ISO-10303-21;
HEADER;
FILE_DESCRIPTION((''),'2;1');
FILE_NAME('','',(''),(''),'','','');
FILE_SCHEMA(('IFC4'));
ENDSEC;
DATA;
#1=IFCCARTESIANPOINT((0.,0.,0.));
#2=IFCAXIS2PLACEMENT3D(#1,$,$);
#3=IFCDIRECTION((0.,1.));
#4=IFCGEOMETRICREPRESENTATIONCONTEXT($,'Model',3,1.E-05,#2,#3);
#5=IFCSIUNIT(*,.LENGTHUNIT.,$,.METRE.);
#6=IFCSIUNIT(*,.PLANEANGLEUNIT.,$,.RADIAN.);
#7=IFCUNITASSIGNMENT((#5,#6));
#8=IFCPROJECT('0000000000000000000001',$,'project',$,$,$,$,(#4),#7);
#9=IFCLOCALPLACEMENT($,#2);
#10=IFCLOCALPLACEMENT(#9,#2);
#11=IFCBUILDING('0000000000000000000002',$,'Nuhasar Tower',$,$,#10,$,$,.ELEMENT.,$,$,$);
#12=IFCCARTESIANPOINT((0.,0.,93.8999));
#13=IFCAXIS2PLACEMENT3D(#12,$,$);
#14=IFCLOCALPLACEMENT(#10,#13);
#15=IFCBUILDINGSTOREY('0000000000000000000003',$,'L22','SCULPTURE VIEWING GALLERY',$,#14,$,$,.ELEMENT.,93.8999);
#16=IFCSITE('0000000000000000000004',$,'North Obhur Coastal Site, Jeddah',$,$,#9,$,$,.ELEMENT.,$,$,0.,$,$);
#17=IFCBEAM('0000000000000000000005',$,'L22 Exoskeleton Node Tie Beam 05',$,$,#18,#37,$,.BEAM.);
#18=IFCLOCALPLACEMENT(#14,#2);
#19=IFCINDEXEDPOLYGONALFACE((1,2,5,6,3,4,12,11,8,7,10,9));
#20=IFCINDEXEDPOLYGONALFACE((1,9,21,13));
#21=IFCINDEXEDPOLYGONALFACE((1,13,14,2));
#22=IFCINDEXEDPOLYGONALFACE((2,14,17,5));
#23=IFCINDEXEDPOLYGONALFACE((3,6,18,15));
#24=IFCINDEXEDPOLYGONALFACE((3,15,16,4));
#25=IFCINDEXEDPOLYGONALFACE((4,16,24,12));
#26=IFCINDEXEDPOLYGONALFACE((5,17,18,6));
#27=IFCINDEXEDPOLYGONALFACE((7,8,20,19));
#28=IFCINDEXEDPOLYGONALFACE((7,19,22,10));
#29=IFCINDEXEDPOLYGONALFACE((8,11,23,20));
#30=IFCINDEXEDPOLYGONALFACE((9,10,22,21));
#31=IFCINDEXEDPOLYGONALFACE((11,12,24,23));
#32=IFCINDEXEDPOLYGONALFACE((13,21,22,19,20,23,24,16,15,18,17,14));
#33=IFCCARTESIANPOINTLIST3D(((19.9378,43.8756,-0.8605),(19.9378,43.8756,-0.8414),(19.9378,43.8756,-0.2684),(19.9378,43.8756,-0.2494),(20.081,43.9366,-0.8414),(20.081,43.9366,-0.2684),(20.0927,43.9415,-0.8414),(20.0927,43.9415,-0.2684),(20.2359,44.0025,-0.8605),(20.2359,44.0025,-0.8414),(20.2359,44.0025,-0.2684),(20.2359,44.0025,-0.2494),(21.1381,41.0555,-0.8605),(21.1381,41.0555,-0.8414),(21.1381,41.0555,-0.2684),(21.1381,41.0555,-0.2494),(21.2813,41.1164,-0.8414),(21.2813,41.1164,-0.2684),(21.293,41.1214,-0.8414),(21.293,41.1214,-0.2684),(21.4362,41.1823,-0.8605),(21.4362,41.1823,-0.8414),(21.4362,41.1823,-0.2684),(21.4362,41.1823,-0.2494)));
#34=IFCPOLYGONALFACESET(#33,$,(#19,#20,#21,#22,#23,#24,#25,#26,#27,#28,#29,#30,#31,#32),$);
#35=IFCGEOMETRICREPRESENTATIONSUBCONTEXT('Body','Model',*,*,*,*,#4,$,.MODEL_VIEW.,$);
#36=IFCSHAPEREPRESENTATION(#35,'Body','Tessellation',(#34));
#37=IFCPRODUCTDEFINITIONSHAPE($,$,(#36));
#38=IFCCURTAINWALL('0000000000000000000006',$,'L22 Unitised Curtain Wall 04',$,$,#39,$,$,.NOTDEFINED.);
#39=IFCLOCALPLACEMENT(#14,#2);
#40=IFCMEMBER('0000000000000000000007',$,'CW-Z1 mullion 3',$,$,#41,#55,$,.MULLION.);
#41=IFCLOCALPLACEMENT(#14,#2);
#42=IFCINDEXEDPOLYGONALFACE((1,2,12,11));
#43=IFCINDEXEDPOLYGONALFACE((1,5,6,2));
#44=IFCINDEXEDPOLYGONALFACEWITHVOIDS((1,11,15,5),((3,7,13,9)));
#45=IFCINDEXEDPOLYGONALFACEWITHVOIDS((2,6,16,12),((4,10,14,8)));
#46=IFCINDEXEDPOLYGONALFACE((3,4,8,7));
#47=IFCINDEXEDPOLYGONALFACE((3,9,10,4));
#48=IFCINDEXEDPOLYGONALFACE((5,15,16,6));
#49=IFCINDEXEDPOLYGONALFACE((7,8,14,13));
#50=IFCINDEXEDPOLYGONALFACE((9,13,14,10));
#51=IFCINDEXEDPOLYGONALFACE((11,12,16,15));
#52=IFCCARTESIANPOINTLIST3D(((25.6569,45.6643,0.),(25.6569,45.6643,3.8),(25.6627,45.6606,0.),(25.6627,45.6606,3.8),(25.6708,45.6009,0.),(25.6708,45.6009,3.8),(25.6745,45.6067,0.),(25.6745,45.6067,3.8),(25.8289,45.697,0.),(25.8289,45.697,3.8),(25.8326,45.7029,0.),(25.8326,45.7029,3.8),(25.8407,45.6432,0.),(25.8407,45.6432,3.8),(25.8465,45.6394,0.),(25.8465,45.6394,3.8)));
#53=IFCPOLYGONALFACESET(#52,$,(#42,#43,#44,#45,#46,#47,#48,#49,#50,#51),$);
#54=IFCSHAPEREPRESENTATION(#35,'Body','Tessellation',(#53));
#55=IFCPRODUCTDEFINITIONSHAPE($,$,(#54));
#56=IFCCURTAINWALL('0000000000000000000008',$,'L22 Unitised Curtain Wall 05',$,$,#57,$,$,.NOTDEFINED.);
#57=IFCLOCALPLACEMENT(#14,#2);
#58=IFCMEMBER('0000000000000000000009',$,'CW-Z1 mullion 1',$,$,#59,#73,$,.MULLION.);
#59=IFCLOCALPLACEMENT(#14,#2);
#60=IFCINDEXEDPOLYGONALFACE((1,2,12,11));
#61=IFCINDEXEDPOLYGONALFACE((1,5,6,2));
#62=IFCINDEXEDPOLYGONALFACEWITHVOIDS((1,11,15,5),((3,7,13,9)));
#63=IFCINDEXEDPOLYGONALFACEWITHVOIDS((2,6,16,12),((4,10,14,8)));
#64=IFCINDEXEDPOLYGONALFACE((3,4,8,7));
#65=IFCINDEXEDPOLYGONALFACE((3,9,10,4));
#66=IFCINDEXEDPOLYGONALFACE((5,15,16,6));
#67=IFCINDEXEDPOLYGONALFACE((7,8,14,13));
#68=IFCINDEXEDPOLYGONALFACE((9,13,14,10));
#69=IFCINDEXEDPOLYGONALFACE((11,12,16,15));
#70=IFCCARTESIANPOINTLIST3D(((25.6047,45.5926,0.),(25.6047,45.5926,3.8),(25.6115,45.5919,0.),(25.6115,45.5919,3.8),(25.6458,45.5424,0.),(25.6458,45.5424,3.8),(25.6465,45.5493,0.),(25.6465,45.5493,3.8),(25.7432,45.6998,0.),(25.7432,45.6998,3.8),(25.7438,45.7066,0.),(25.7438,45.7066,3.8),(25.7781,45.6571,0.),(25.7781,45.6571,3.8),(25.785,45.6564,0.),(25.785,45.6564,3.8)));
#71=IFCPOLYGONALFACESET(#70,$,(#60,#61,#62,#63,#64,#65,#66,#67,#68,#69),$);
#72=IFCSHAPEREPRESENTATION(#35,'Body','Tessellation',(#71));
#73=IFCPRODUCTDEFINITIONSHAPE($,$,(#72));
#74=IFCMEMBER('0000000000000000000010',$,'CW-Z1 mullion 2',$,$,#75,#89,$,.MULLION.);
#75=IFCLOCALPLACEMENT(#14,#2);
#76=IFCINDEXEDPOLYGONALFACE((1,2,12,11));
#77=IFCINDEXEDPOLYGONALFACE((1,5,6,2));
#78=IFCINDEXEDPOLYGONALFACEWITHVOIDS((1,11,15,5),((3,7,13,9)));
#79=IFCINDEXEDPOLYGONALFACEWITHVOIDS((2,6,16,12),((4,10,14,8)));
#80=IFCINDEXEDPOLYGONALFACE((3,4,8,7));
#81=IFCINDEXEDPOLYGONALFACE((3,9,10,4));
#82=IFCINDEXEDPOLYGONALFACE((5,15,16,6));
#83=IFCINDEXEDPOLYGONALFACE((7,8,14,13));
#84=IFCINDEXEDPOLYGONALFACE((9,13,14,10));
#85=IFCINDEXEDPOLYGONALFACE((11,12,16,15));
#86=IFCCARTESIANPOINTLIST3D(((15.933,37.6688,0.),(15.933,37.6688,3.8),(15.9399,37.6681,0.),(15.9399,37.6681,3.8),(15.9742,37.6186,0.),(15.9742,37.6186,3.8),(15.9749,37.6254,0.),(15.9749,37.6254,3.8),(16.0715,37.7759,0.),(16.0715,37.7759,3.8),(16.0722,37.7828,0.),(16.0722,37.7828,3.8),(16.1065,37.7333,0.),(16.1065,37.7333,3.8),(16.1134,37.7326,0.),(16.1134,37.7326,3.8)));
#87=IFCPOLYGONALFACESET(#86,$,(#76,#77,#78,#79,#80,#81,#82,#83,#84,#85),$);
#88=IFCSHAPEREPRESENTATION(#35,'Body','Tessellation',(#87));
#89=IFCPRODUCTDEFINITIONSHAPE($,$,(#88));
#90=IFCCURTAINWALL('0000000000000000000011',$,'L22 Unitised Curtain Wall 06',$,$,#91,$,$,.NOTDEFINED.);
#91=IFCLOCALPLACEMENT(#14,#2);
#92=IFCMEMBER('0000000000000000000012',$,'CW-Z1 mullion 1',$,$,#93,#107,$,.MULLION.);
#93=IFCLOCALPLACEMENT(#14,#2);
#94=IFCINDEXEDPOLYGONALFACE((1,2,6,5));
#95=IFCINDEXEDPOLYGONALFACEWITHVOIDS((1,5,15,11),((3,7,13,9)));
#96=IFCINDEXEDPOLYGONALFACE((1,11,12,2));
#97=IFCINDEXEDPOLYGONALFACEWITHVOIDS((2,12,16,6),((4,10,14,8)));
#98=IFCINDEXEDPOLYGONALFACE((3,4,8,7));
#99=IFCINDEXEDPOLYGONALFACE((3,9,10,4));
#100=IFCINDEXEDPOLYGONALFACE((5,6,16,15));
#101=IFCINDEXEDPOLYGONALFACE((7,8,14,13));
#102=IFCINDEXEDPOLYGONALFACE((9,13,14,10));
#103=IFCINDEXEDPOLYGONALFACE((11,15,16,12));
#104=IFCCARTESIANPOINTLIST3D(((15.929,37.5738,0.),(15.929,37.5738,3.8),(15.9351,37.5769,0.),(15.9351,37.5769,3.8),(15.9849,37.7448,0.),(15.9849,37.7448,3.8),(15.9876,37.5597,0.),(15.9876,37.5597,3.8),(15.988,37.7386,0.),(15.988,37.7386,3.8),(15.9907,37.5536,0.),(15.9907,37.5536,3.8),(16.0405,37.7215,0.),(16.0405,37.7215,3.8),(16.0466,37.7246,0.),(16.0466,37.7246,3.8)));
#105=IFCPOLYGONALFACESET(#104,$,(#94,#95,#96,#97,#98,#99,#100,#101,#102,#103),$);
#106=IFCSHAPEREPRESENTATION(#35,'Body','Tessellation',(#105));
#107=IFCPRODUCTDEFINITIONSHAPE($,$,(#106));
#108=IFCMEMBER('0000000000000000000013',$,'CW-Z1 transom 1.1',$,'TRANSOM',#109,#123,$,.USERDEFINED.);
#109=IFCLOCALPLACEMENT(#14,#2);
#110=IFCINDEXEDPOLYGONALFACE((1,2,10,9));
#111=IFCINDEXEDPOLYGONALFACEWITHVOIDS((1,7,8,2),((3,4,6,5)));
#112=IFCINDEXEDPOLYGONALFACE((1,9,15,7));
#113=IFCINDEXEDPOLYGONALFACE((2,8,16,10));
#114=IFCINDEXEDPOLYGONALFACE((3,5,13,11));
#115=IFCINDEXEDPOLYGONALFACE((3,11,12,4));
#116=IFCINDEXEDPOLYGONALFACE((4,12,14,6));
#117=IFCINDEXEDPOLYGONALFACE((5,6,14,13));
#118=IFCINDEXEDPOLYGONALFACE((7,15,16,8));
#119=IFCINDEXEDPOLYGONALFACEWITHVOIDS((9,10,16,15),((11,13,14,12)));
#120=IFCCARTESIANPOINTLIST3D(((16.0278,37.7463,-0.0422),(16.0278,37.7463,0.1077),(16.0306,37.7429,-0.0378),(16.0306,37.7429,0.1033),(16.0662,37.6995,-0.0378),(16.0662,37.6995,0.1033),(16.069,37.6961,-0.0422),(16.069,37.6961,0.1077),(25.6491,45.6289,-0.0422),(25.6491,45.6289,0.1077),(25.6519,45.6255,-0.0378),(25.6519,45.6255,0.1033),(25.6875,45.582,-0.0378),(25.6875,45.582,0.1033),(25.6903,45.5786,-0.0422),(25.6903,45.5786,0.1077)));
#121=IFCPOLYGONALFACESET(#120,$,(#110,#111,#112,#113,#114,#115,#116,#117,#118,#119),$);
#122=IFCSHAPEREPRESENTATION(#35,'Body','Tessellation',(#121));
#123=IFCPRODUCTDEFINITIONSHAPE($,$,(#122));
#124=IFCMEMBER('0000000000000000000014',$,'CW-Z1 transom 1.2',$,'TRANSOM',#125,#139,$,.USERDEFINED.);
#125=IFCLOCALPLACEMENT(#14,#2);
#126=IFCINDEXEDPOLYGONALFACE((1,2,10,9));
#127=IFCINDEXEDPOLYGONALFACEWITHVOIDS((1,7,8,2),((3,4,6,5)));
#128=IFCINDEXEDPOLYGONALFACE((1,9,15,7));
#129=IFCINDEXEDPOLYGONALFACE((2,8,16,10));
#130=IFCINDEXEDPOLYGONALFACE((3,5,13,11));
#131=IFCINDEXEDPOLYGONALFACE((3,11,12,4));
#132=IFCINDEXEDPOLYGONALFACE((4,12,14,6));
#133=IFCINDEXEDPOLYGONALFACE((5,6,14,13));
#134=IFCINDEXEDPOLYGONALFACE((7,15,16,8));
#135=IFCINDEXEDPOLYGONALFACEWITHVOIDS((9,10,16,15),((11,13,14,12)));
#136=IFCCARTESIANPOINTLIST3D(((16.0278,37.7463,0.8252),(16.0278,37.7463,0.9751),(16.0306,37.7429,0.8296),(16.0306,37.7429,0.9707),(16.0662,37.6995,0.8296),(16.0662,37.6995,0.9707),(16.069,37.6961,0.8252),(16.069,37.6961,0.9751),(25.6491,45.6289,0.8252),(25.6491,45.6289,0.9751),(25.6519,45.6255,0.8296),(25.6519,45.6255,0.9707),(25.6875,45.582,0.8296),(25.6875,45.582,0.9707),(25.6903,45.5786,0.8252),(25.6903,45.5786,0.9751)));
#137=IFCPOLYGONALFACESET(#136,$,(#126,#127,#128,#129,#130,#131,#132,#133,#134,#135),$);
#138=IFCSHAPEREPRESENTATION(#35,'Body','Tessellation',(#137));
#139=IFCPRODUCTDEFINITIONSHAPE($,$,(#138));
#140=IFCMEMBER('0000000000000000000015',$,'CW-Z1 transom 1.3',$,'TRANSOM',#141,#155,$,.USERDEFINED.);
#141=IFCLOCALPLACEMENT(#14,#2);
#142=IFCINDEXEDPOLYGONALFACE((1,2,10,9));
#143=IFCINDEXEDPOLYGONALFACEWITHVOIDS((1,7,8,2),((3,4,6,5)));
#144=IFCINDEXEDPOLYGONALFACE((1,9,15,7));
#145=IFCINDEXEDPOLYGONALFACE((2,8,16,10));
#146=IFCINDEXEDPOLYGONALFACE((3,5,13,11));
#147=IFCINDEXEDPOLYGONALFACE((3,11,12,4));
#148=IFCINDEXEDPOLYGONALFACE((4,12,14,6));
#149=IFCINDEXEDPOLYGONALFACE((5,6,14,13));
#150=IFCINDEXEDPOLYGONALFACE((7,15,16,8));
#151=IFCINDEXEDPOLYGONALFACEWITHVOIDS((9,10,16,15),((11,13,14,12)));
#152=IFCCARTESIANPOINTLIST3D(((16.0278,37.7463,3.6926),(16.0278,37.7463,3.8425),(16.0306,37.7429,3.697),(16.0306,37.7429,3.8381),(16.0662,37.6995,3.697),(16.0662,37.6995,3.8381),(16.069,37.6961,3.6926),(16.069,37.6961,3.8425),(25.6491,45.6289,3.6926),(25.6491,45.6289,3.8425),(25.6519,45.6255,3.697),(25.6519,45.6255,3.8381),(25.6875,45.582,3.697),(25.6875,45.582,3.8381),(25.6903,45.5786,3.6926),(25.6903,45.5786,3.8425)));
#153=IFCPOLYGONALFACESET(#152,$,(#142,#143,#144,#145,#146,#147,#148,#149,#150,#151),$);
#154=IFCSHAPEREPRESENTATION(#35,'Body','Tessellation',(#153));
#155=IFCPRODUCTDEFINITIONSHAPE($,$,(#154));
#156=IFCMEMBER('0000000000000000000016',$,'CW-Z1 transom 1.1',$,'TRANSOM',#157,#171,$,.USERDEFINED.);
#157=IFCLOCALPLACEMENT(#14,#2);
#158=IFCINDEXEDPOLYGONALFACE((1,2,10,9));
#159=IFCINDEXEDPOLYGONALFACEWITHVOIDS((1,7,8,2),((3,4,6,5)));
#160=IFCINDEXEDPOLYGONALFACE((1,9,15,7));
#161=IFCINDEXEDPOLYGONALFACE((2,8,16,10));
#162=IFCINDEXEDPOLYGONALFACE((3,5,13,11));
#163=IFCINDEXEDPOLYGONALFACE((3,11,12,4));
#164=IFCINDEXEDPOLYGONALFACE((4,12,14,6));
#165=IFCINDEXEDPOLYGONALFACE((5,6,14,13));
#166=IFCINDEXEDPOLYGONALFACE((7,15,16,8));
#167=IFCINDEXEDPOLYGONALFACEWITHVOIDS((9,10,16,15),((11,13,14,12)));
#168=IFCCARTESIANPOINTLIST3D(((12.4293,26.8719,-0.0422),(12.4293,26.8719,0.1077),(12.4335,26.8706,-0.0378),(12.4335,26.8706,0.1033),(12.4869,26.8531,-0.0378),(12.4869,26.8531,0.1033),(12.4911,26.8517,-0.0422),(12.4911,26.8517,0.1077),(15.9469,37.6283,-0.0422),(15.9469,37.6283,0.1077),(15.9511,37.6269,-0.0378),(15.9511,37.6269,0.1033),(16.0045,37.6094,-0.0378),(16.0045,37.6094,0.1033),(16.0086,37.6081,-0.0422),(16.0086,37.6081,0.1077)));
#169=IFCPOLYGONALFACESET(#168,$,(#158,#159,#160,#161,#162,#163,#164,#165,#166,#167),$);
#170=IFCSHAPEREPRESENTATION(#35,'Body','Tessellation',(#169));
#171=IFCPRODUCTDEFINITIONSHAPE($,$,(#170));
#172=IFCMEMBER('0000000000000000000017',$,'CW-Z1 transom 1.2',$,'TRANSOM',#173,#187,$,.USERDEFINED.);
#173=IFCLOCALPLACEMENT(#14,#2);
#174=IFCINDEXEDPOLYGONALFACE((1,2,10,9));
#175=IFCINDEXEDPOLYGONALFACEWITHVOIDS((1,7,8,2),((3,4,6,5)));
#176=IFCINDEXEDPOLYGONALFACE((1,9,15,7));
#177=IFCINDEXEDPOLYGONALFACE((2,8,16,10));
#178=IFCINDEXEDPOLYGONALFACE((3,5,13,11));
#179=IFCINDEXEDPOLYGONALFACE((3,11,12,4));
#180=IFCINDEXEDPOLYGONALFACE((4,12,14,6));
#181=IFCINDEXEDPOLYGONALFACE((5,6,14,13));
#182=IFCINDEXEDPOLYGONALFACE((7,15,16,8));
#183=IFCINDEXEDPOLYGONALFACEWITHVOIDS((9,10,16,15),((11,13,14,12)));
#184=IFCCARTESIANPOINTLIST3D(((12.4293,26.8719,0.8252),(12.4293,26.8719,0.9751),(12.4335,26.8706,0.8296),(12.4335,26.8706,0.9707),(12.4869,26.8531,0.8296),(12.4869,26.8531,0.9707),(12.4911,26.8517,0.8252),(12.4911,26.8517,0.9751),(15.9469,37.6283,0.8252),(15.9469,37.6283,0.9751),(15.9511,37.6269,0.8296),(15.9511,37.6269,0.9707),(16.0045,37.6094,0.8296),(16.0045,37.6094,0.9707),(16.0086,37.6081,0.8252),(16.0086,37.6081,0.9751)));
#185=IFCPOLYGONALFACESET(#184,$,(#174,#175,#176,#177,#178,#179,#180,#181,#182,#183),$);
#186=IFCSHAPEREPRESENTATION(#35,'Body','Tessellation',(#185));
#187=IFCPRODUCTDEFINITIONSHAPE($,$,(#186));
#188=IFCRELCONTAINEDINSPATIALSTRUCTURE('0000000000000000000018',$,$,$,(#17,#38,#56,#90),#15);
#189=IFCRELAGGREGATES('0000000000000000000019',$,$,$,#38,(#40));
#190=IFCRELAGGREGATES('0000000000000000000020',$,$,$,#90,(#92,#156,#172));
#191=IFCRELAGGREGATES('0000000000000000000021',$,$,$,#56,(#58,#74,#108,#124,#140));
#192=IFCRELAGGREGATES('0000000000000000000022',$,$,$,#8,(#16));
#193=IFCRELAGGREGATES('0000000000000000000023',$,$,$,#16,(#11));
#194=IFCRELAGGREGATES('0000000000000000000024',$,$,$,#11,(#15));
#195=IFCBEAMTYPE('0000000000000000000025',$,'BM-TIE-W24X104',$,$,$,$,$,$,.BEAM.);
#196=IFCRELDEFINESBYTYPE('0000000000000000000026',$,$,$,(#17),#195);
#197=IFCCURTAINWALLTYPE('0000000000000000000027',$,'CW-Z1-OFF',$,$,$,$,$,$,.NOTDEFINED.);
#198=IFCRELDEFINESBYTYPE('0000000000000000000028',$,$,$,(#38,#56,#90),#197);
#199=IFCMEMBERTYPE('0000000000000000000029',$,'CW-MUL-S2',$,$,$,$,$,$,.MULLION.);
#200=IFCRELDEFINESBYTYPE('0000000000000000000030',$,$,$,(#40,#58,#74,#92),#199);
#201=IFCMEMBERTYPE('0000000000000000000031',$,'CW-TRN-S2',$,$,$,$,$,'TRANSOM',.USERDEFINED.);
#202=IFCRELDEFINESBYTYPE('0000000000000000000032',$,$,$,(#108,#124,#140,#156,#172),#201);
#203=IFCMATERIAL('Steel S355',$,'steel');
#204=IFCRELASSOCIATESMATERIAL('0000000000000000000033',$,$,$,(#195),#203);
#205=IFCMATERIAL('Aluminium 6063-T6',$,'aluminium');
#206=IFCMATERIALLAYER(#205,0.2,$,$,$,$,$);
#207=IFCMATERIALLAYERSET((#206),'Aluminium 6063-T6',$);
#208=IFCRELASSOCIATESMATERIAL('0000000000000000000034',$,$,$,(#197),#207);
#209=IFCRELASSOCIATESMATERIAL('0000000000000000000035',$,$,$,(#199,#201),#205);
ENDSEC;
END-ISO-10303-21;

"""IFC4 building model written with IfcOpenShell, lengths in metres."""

from ifc_helpers import new_model, si_unit, direction, frame, origin, origin_2d, place, context, subcontext, project, spatial, hollow_rectangle, i_section, extrude, material, layer, layer_set, material_profile, profile_set, type_object, element, aggregate, save


model = new_model("IFC4")

# Units and contexts
model_context = context("Model", 3, precision=1e-05, world=origin(), true_north=direction((0.0, 1.0)))
body_context = subcontext(model_context, "Body", "Model", "MODEL_VIEW")
ifc_project = project(units=[si_unit("LENGTHUNIT", "METRE"), si_unit("PLANEANGLEUNIT", "RADIAN")], contexts=[model_context])

# Site, building, storey
site_placement = place(None, origin())
site = spatial("IfcSite", under=ifc_project, at=site_placement, Name="North Obhur Coastal Site, Jeddah", CompositionType="ELEMENT", RefElevation=0.0)
building_placement = place(site_placement, origin())
building = spatial("IfcBuilding", under=site, at=building_placement, Name="Nuhasar Tower", CompositionType="ELEMENT")
storey_placement = place(building_placement, frame((0.0, 0.0, 93.8999)))
storey = spatial("IfcBuildingStorey", under=building, at=storey_placement, Name="L22", Description="SCULPTURE VIEWING GALLERY", CompositionType="ELEMENT", Elevation=93.8999)

# Beam
ifc_material_1 = material(Name="Steel S355", Category="steel")
ifc_material_profile_1 = material_profile(ifc_material_1, i_section(OverallWidth=0.324, OverallDepth=0.6111, WebThickness=0.0127, FlangeThickness=0.019, at=origin_2d()), Name="W24X104")
ifc_profile_set_1 = profile_set([ifc_material_profile_1], Name="Steel S355")
beam_type_1 = type_object("IfcBeamType", Name="BM-TIE-W24X104", PredefinedType="BEAM", material=ifc_profile_set_1)
beam_1_placement = place(storey_placement, frame((21.2871, 41.1189, -0.5549), z_axis=(-0.391601, 0.920135, 0.0), x_axis=(-0.920135, -0.391601, 0.0)))
element("IfcBeam", 1, at=beam_1_placement, inside=storey, type_object=beam_type_1, Name="L22 Exoskeleton Node Tie Beam 05", PredefinedType="BEAM", context=body_context, shape_type="SweptSolid", body=[
    extrude(i_section(OverallWidth=0.324, OverallDepth=0.6111, WebThickness=0.0127, FlangeThickness=0.019, at=origin_2d()), origin(), (0.0, 0.0, 1.0), 3.0649),
])

# Curtain wall, member
ifc_material_2 = material(Name="Aluminium 6063-T6", Category="aluminium")
ifc_layer_1 = layer(ifc_material_2, 0.2)
ifc_layer_set_1 = layer_set([ifc_layer_1], Name="Aluminium 6063-T6")
curtain_wall_type = type_object("IfcCurtainWallType", Name="CW-Z1-OFF", PredefinedType="NOTDEFINED", material=ifc_layer_set_1)
curtain_wall_1_placement = place(storey_placement, origin())
curtain_wall_1 = element("IfcCurtainWall", 2, at=curtain_wall_1_placement, inside=storey, type_object=curtain_wall_type, Name="L22 Unitised Curtain Wall 04", PredefinedType="NOTDEFINED")
ifc_material_profile_2 = material_profile(ifc_material_2, hollow_rectangle(XDim=0.0649, YDim=0.1799, WallThickness=0.0049, at=origin_2d()), Name="CWM-2")
ifc_profile_set_2 = profile_set([ifc_material_profile_2], Name="Aluminium 6063-T6")
member_type_1 = type_object("IfcMemberType", Name="CW-MUL-S2", PredefinedType="MULLION", material=ifc_profile_set_2)
member_1_placement = place(storey_placement, frame((25.7517, 45.6519, 0.0), z_axis=(0.0, 0.0, 1.0), x_axis=(0.214399, -0.976746, 0.0)))
member_1 = element("IfcMember", 3, at=member_1_placement, type_object=member_type_1, Name="CW-Z1 mullion 3", PredefinedType="MULLION", context=body_context, shape_type="SweptSolid", body=[
    extrude(hollow_rectangle(XDim=0.0649, YDim=0.1799, WallThickness=0.0049, at=origin_2d()), origin(), (0.0, 0.0, 1.0), 3.8),
])
aggregate(curtain_wall_1, [member_1])

# Curtain wall, members
curtain_wall_2_placement = place(storey_placement, origin())
curtain_wall_2 = element("IfcCurtainWall", 4, at=curtain_wall_2_placement, inside=storey, type_object=curtain_wall_type, Name="L22 Unitised Curtain Wall 05", PredefinedType="NOTDEFINED")
member_2_placement = place(storey_placement, frame((25.6948, 45.6245, 0.0), z_axis=(0.0, 0.0, 1.0), x_axis=(0.633745, -0.773542, 0.0)))
member_2 = element("IfcMember", 5, at=member_2_placement, type_object=member_type_1, Name="CW-Z1 mullion 1", PredefinedType="MULLION", context=body_context, shape_type="SweptSolid", body=[
    extrude(hollow_rectangle(XDim=0.0649, YDim=0.1799, WallThickness=0.0049, at=origin_2d()), origin(), (0.0, 0.0, 1.0), 3.8),
])
member_3_placement = place(storey_placement, frame((16.0232, 37.7007, 0.0), z_axis=(0.0, 0.0, 1.0), x_axis=(0.633745, -0.773542, 0.0)))
member_3 = element("IfcMember", 6, at=member_3_placement, type_object=member_type_1, Name="CW-Z1 mullion 2", PredefinedType="MULLION", context=body_context, shape_type="SweptSolid", body=[
    extrude(hollow_rectangle(XDim=0.0649, YDim=0.1799, WallThickness=0.0049, at=origin_2d()), origin(), (0.0, 0.0, 1.0), 3.8),
])

# Curtain wall, member
curtain_wall_3_placement = place(storey_placement, origin())
curtain_wall_3 = element("IfcCurtainWall", 7, at=curtain_wall_3_placement, inside=storey, type_object=curtain_wall_type, Name="L22 Unitised Curtain Wall 06", PredefinedType="NOTDEFINED")
member_4_placement = place(storey_placement, frame((15.9878, 37.6492, 0.0), z_axis=(0.0, 0.0, 1.0), x_axis=(0.950468, -0.310824, 0.0)))
member_4 = element("IfcMember", 8, at=member_4_placement, type_object=member_type_1, Name="CW-Z1 mullion 1", PredefinedType="MULLION", context=body_context, shape_type="SweptSolid", body=[
    extrude(hollow_rectangle(XDim=0.0649, YDim=0.1799, WallThickness=0.0049, at=origin_2d()), origin(), (0.0, 0.0, 1.0), 3.8),
])

# Members
ifc_material_profile_3 = material_profile(ifc_material_2, hollow_rectangle(XDim=0.0649, YDim=0.1499, WallThickness=0.0044, at=origin_2d()), Name="CWT-2")
ifc_profile_set_3 = profile_set([ifc_material_profile_3], Name="Aluminium 6063-T6")
member_type_2 = type_object("IfcMemberType", Name="CW-TRN-S2", ElementType="TRANSOM", PredefinedType="USERDEFINED", material=ifc_profile_set_3)
member_5_placement = place(storey_placement, frame((25.6697, 45.6038, 0.0327), z_axis=(-0.773541, -0.633746, 0.0), x_axis=(0.633746, -0.773541, 0.0)))
member_5 = element("IfcMember", 9, at=member_5_placement, type_object=member_type_2, Name="CW-Z1 transom 1.1", ObjectType="TRANSOM", PredefinedType="USERDEFINED", context=body_context, shape_type="SweptSolid", body=[
    extrude(hollow_rectangle(XDim=0.0649, YDim=0.1499, WallThickness=0.0044, at=origin_2d()), origin(), (0.0, 0.0, 1.0), 12.438),
])
member_6_placement = place(storey_placement, frame((25.6697, 45.6038, 0.9001), z_axis=(-0.773541, -0.633746, 0.0), x_axis=(0.633746, -0.773541, 0.0)))
member_6 = element("IfcMember", 10, at=member_6_placement, type_object=member_type_2, Name="CW-Z1 transom 1.2", ObjectType="TRANSOM", PredefinedType="USERDEFINED", context=body_context, shape_type="SweptSolid", body=[
    extrude(hollow_rectangle(XDim=0.0649, YDim=0.1499, WallThickness=0.0044, at=origin_2d()), origin(), (0.0, 0.0, 1.0), 12.438),
])
member_7_placement = place(storey_placement, frame((25.6697, 45.6038, 3.7676), z_axis=(-0.773541, -0.633746, 0.0), x_axis=(0.633746, -0.773541, 0.0)))
member_7 = element("IfcMember", 11, at=member_7_placement, type_object=member_type_2, Name="CW-Z1 transom 1.3", ObjectType="TRANSOM", PredefinedType="USERDEFINED", context=body_context, shape_type="SweptSolid", body=[
    extrude(hollow_rectangle(XDim=0.0649, YDim=0.1499, WallThickness=0.0044, at=origin_2d()), origin(), (0.0, 0.0, 1.0), 12.438),
])
member_8_placement = place(storey_placement, frame((15.9778, 37.6182, 0.0327), z_axis=(-0.310825, -0.950467, 0.0), x_axis=(0.950467, -0.310825, 0.0)))
member_8 = element("IfcMember", 12, at=member_8_placement, type_object=member_type_2, Name="CW-Z1 transom 1.1", ObjectType="TRANSOM", PredefinedType="USERDEFINED", context=body_context, shape_type="SweptSolid", body=[
    extrude(hollow_rectangle(XDim=0.0649, YDim=0.1499, WallThickness=0.0044, at=origin_2d()), origin(), (0.0, 0.0, 1.0), 11.3169),
])
member_9_placement = place(storey_placement, frame((15.9778, 37.6182, 0.9001), z_axis=(-0.310825, -0.950467, 0.0), x_axis=(0.950467, -0.310825, 0.0)))
member_9 = element("IfcMember", 13, at=member_9_placement, type_object=member_type_2, Name="CW-Z1 transom 1.2", ObjectType="TRANSOM", PredefinedType="USERDEFINED", context=body_context, shape_type="SweptSolid", body=[
    extrude(hollow_rectangle(XDim=0.0649, YDim=0.1499, WallThickness=0.0044, at=origin_2d()), origin(), (0.0, 0.0, 1.0), 11.3169),
])
aggregate(curtain_wall_3, [member_4, member_8, member_9])

aggregate(curtain_wall_2, [member_2, member_3, member_5, member_6, member_7])

save(model, "model.ifc")
